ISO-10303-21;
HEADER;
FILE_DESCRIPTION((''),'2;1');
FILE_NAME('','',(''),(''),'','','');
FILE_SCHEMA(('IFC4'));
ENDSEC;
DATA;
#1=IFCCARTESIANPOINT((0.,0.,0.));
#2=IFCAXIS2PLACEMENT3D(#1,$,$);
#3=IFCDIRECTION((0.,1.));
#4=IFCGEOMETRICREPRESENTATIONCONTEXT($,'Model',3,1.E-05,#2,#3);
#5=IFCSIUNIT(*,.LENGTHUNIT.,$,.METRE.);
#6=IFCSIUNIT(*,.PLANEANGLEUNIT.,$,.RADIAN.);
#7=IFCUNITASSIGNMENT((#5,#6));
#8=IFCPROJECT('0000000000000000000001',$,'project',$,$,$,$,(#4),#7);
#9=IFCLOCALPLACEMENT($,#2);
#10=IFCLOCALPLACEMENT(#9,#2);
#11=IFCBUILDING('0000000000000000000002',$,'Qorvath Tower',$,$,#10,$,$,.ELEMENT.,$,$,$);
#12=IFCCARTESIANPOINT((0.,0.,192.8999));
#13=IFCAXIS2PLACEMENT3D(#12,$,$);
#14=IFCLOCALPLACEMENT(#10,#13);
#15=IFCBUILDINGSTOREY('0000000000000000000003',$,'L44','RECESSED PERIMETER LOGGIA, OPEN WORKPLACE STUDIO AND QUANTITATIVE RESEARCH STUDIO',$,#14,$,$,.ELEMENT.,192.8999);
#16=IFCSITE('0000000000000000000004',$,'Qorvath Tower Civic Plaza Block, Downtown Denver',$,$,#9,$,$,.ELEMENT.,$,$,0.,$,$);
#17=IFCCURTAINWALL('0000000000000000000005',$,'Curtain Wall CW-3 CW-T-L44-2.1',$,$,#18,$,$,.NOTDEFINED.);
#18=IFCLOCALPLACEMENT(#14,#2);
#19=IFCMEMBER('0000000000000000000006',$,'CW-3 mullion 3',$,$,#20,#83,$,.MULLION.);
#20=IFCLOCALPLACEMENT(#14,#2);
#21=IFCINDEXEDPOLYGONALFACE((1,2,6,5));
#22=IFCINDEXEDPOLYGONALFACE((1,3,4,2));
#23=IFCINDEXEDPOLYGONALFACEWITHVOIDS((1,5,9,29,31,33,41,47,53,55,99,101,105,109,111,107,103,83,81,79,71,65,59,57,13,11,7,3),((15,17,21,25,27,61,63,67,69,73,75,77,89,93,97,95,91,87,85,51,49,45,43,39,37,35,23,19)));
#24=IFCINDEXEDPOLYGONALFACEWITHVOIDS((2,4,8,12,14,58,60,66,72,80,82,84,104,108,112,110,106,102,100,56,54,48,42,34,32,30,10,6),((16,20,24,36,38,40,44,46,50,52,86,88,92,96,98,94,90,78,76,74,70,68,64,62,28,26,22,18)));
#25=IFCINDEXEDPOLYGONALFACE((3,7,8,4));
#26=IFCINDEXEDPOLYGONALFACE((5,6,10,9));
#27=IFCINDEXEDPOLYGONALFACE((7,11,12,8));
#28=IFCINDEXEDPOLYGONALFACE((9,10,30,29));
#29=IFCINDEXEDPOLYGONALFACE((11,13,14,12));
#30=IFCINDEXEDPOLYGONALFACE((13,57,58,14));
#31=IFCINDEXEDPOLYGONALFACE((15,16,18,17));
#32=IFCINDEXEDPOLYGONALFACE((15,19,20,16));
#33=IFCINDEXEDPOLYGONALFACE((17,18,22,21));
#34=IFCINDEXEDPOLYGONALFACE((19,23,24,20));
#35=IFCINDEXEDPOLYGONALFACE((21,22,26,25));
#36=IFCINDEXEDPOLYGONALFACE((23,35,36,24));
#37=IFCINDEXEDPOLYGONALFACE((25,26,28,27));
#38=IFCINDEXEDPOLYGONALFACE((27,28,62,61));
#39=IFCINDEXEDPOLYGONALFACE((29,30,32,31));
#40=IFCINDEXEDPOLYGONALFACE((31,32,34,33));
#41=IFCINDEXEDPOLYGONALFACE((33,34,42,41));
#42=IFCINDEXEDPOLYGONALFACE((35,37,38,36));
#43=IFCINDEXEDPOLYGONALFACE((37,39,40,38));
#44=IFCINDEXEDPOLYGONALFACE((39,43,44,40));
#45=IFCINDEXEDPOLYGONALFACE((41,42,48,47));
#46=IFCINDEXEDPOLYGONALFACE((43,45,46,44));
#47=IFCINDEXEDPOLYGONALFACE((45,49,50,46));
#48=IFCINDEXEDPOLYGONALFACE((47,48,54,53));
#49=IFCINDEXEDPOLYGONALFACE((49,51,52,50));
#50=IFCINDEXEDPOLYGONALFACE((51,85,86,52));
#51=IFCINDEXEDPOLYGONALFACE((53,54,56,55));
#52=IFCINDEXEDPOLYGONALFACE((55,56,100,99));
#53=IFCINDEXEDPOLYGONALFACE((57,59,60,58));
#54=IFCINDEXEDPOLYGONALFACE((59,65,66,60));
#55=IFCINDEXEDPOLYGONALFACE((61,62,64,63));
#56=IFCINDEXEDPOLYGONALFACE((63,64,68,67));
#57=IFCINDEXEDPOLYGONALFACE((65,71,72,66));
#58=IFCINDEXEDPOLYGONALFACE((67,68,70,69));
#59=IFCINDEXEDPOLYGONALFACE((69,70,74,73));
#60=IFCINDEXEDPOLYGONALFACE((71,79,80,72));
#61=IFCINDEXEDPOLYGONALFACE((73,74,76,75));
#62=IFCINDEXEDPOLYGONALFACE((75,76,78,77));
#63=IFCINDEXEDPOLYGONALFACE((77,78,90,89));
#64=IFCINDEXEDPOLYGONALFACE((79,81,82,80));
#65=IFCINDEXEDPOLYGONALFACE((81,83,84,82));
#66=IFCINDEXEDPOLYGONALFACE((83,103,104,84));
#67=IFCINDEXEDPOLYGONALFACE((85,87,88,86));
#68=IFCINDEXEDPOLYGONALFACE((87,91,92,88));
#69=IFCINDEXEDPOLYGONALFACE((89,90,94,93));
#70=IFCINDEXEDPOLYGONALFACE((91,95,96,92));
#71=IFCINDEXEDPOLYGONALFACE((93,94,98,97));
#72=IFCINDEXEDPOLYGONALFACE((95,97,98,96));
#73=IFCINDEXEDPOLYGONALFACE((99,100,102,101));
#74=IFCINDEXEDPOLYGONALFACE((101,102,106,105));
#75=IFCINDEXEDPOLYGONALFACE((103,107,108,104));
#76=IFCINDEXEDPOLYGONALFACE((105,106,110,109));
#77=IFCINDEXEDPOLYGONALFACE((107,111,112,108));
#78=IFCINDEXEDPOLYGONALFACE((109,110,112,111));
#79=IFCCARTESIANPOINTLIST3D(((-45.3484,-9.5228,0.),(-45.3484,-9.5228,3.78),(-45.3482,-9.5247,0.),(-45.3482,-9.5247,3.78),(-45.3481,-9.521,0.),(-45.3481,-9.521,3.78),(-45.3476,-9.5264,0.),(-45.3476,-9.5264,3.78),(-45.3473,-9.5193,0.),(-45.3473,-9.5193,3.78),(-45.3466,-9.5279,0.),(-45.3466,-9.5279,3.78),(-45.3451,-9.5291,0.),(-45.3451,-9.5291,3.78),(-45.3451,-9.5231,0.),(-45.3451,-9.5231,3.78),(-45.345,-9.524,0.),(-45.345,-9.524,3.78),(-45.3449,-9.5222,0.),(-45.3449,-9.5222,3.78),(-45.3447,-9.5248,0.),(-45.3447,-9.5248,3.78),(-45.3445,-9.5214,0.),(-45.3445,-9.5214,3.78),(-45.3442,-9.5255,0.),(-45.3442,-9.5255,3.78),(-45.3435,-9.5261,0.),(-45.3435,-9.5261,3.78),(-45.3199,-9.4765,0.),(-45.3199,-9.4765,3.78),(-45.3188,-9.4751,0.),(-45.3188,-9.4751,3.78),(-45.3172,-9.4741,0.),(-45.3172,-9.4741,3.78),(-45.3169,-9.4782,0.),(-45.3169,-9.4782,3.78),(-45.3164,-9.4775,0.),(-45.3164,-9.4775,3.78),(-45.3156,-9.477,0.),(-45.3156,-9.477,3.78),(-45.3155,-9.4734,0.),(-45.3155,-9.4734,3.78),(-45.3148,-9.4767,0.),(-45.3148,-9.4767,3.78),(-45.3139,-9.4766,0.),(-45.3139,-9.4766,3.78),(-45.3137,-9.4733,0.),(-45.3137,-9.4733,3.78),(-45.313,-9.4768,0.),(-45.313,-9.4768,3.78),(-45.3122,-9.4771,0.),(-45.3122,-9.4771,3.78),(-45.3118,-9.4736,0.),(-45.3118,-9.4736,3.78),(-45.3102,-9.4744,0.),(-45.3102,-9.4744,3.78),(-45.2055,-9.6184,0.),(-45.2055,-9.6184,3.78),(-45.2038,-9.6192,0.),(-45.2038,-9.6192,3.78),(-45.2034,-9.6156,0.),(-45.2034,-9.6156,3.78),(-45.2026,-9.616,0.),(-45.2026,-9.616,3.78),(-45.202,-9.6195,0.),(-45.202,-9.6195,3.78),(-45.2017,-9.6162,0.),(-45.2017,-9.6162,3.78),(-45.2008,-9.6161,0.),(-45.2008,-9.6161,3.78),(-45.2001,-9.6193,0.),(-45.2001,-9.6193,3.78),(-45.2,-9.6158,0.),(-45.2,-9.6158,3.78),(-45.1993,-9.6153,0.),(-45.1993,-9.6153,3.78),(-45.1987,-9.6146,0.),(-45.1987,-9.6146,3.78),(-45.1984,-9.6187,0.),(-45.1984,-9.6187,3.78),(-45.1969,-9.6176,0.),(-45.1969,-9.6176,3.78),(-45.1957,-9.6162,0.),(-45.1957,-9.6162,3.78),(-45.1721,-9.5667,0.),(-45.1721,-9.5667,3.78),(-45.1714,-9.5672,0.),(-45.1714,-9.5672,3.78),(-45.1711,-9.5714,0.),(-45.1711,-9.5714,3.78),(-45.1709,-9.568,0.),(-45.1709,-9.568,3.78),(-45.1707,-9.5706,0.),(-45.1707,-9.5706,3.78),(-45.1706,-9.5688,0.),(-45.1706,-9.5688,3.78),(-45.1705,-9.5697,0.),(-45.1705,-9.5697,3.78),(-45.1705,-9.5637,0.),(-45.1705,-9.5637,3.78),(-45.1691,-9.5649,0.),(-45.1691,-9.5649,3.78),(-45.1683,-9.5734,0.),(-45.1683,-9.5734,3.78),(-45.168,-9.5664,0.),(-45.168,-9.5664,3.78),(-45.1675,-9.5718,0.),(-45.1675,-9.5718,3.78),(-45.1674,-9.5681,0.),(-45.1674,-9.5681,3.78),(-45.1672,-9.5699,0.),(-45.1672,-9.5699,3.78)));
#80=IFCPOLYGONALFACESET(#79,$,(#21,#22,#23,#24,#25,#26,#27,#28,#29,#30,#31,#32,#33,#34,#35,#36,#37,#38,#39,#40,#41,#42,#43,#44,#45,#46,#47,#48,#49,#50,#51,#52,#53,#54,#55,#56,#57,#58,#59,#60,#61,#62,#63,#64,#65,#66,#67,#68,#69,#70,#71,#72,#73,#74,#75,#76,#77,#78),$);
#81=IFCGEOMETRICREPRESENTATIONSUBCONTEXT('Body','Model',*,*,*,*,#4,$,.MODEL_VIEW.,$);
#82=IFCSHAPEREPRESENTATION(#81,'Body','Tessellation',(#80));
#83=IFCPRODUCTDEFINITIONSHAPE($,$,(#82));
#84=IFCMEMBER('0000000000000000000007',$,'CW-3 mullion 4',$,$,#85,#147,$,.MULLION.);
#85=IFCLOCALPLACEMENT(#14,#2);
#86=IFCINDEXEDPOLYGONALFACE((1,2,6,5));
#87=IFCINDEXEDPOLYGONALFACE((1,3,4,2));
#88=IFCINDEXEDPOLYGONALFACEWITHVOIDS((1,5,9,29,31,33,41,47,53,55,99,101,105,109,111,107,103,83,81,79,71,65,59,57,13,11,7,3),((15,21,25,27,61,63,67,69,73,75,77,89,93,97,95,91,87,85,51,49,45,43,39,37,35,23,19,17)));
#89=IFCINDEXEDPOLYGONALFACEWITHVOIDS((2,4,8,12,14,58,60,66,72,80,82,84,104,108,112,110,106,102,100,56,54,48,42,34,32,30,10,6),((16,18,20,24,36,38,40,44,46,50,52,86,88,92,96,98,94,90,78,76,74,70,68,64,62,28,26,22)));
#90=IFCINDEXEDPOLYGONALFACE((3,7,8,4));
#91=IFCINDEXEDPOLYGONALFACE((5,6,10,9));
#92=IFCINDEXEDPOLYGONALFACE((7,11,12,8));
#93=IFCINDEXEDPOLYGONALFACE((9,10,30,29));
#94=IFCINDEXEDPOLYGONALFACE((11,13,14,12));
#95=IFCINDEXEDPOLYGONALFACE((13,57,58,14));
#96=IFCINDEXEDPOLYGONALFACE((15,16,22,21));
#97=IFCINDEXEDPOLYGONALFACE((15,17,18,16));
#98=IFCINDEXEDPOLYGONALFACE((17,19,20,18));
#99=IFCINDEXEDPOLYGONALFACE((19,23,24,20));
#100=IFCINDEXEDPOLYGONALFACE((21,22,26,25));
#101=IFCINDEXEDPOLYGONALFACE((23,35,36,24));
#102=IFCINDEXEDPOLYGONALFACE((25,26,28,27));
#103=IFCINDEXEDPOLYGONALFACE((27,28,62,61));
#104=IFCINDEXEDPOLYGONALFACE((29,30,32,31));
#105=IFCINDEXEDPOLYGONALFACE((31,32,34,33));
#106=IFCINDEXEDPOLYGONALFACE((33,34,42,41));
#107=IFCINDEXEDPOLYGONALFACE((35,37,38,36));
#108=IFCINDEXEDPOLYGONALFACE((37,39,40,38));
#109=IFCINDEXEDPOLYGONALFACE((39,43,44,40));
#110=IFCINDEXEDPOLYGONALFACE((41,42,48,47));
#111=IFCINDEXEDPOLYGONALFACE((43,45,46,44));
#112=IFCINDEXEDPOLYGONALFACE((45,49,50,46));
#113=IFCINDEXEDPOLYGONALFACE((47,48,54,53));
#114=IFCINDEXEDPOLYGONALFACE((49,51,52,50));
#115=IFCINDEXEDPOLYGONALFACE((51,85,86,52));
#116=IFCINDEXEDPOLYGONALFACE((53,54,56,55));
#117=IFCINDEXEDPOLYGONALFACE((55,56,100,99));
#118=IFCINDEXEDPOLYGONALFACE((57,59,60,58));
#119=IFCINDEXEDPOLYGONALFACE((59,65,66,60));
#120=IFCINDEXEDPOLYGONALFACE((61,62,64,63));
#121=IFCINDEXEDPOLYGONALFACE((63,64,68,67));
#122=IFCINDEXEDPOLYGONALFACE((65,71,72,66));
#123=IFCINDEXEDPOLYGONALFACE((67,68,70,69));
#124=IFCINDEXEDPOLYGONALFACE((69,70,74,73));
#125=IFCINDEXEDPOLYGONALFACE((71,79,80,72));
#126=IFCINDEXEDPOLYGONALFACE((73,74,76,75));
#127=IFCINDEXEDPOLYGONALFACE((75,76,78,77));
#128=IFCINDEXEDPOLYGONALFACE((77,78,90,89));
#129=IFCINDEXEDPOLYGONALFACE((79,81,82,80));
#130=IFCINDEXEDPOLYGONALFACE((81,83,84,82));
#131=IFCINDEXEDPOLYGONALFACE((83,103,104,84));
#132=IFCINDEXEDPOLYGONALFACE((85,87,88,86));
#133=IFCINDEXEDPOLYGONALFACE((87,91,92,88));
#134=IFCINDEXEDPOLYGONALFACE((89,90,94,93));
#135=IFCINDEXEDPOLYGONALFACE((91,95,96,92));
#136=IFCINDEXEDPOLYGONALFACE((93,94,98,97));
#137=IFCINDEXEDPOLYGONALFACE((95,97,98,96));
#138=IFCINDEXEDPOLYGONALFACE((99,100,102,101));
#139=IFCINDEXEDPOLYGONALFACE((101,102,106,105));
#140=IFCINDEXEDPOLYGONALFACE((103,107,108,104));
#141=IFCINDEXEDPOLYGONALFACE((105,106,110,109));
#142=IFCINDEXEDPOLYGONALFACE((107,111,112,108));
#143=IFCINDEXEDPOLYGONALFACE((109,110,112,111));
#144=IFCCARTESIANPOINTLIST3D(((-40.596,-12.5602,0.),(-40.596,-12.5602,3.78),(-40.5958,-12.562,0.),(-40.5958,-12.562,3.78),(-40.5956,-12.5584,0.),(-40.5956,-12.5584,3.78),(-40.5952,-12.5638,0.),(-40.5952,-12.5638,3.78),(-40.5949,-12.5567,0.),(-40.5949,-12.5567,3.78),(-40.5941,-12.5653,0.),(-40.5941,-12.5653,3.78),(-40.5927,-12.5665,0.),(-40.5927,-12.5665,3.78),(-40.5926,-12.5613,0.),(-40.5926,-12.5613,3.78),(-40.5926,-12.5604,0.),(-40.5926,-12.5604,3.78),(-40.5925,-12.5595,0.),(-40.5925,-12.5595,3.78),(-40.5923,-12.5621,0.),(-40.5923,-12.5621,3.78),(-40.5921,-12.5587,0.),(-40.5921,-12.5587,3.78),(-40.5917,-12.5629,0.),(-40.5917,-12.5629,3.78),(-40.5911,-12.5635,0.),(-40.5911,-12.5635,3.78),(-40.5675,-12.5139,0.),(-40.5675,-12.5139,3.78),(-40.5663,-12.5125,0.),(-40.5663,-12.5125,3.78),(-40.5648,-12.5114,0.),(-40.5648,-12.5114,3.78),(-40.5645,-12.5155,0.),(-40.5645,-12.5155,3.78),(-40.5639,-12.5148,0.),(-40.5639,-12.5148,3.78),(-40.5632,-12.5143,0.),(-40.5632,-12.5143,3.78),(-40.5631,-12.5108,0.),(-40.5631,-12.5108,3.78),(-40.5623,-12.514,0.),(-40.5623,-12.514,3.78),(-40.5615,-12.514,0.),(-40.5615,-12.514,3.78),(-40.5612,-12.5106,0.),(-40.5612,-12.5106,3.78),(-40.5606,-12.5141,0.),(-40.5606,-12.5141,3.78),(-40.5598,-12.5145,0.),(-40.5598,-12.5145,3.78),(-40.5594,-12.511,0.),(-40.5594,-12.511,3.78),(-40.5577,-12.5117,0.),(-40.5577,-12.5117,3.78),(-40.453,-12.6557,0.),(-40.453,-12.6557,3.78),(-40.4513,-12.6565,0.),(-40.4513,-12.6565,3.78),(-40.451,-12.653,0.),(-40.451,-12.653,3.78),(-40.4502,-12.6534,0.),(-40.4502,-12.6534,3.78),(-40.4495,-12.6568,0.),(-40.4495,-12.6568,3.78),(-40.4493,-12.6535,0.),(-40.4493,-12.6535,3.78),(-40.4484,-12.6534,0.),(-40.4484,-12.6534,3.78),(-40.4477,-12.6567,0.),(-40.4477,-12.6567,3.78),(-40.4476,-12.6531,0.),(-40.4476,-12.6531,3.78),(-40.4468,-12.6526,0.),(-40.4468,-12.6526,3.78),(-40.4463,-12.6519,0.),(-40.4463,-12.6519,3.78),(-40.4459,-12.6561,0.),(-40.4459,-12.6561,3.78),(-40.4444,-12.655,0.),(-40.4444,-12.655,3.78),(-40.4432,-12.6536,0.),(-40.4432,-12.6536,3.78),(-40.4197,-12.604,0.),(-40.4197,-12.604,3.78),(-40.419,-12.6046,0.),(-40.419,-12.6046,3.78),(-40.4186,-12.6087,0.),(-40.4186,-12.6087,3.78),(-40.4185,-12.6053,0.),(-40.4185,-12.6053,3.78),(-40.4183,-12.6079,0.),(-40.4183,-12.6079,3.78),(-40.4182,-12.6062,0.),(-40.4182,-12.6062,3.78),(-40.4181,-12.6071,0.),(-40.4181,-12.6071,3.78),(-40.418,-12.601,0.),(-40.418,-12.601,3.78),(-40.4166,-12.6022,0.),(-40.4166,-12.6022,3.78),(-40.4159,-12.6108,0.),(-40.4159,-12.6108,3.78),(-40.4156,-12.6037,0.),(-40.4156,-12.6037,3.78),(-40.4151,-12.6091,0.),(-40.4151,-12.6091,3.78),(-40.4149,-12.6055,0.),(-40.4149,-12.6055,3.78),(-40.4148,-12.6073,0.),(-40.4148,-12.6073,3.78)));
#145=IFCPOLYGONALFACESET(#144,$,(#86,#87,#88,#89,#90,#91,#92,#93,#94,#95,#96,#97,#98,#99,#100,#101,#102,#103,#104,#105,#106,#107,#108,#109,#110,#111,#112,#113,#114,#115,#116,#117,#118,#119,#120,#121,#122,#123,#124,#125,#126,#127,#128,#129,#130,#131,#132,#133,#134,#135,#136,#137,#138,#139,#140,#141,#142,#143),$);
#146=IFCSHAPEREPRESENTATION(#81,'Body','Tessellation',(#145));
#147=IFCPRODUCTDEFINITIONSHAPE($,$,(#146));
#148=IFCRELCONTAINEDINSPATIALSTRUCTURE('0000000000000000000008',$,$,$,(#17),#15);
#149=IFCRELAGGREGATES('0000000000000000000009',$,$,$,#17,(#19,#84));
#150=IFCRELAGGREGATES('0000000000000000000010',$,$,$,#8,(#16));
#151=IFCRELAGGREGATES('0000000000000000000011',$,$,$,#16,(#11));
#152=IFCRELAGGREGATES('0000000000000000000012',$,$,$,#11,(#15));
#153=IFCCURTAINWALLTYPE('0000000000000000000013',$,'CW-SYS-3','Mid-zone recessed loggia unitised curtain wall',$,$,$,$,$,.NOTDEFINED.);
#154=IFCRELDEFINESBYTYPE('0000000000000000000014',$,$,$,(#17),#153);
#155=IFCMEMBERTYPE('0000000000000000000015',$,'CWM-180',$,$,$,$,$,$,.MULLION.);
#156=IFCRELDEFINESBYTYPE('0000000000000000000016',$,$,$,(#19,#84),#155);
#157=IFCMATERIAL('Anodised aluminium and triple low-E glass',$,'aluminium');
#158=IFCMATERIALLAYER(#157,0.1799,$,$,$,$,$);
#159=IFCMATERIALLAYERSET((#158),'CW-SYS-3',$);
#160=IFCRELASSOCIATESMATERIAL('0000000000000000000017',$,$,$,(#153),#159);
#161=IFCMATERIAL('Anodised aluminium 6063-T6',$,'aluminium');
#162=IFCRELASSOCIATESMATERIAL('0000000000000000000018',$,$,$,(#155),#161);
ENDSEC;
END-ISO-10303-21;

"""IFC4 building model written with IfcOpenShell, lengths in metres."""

from ifc_helpers import new_model, si_unit, direction, frame, origin, origin_2d, place, context, subcontext, project, spatial, hollow_rectangle, extrude, material, layer, layer_set, material_profile, profile_set, type_object, element, aggregate, save


model = new_model("IFC4")

# Units and contexts
model_context = context("Model", 3, precision=1e-05, world=origin(), true_north=direction((0.0, 1.0)))
body_context = subcontext(model_context, "Body", "Model", "MODEL_VIEW")
ifc_project = project(units=[si_unit("LENGTHUNIT", "METRE"), si_unit("PLANEANGLEUNIT", "RADIAN")], contexts=[model_context])

# Site, building, storey
site_placement = place(None, origin())
site = spatial("IfcSite", under=ifc_project, at=site_placement, Name="Qorvath Tower Civic Plaza Block, Downtown Denver", CompositionType="ELEMENT", RefElevation=0.0)
building_placement = place(site_placement, origin())
building = spatial("IfcBuilding", under=site, at=building_placement, Name="Qorvath Tower", CompositionType="ELEMENT")
storey_placement = place(building_placement, frame((0.0, 0.0, 192.8999)))
storey = spatial("IfcBuildingStorey", under=building, at=storey_placement, Name="L44", Description="RECESSED PERIMETER LOGGIA, OPEN WORKPLACE STUDIO AND QUANTITATIVE RESEARCH STUDIO", CompositionType="ELEMENT", Elevation=192.8999)

# Curtain wall, members
ifc_material_1 = material(Name="Anodised aluminium and triple low-E glass", Category="aluminium")
ifc_layer_1 = layer(ifc_material_1, 0.1799)
ifc_layer_set_1 = layer_set([ifc_layer_1], Name="CW-SYS-3")
curtain_wall_type = type_object("IfcCurtainWallType", Name="CW-SYS-3", Description="Mid-zone recessed loggia unitised curtain wall", PredefinedType="NOTDEFINED", material=ifc_layer_set_1)
curtain_wall_placement = place(storey_placement, origin())
curtain_wall = element("IfcCurtainWall", 1, at=curtain_wall_placement, inside=storey, type_object=curtain_wall_type, Name="Curtain Wall CW-3 CW-T-L44-2.1", PredefinedType="NOTDEFINED")
ifc_material_2 = material(Name="Anodised aluminium 6063-T6", Category="aluminium")
ifc_material_profile_1 = material_profile(ifc_material_2, hollow_rectangle(XDim=0.0649, YDim=0.1799, WallThickness=0.0034, InnerFilletRadius=0.0034, OuterFilletRadius=0.0071, at=origin_2d()), Name="CWM 180x65")
ifc_profile_set_1 = profile_set([ifc_material_profile_1], Name="Anodised aluminium 6063-T6")
member_type_1 = type_object("IfcMemberType", Name="CWM-180", PredefinedType="MULLION", material=ifc_profile_set_1)
member_1_placement = place(storey_placement, frame((-45.2578, -9.5464, 0.0), z_axis=(0.0, 0.0, 1.0), x_axis=(0.538534, 0.842604, 0.0)))
member_1 = element("IfcMember", 2, at=member_1_placement, type_object=member_type_1, Name="CW-3 mullion 3", PredefinedType="MULLION", context=body_context, shape_type="SweptSolid", body=[
    extrude(hollow_rectangle(XDim=0.0649, YDim=0.1799, WallThickness=0.0034, InnerFilletRadius=0.0034, OuterFilletRadius=0.0071, at=origin_2d()), origin(), (0.0, 0.0, 1.0), 3.78),
])
member_2_placement = place(storey_placement, frame((-40.5054, -12.5837, 0.0), z_axis=(0.0, 0.0, 1.0), x_axis=(0.538534, 0.842604, 0.0)))
member_2 = element("IfcMember", 3, at=member_2_placement, type_object=member_type_1, Name="CW-3 mullion 4", PredefinedType="MULLION", context=body_context, shape_type="SweptSolid", body=[
    extrude(hollow_rectangle(XDim=0.0649, YDim=0.1799, WallThickness=0.0034, InnerFilletRadius=0.0034, OuterFilletRadius=0.0071, at=origin_2d()), origin(), (0.0, 0.0, 1.0), 3.78),
])
aggregate(curtain_wall, [member_1, member_2])

save(model, "model.ifc")
